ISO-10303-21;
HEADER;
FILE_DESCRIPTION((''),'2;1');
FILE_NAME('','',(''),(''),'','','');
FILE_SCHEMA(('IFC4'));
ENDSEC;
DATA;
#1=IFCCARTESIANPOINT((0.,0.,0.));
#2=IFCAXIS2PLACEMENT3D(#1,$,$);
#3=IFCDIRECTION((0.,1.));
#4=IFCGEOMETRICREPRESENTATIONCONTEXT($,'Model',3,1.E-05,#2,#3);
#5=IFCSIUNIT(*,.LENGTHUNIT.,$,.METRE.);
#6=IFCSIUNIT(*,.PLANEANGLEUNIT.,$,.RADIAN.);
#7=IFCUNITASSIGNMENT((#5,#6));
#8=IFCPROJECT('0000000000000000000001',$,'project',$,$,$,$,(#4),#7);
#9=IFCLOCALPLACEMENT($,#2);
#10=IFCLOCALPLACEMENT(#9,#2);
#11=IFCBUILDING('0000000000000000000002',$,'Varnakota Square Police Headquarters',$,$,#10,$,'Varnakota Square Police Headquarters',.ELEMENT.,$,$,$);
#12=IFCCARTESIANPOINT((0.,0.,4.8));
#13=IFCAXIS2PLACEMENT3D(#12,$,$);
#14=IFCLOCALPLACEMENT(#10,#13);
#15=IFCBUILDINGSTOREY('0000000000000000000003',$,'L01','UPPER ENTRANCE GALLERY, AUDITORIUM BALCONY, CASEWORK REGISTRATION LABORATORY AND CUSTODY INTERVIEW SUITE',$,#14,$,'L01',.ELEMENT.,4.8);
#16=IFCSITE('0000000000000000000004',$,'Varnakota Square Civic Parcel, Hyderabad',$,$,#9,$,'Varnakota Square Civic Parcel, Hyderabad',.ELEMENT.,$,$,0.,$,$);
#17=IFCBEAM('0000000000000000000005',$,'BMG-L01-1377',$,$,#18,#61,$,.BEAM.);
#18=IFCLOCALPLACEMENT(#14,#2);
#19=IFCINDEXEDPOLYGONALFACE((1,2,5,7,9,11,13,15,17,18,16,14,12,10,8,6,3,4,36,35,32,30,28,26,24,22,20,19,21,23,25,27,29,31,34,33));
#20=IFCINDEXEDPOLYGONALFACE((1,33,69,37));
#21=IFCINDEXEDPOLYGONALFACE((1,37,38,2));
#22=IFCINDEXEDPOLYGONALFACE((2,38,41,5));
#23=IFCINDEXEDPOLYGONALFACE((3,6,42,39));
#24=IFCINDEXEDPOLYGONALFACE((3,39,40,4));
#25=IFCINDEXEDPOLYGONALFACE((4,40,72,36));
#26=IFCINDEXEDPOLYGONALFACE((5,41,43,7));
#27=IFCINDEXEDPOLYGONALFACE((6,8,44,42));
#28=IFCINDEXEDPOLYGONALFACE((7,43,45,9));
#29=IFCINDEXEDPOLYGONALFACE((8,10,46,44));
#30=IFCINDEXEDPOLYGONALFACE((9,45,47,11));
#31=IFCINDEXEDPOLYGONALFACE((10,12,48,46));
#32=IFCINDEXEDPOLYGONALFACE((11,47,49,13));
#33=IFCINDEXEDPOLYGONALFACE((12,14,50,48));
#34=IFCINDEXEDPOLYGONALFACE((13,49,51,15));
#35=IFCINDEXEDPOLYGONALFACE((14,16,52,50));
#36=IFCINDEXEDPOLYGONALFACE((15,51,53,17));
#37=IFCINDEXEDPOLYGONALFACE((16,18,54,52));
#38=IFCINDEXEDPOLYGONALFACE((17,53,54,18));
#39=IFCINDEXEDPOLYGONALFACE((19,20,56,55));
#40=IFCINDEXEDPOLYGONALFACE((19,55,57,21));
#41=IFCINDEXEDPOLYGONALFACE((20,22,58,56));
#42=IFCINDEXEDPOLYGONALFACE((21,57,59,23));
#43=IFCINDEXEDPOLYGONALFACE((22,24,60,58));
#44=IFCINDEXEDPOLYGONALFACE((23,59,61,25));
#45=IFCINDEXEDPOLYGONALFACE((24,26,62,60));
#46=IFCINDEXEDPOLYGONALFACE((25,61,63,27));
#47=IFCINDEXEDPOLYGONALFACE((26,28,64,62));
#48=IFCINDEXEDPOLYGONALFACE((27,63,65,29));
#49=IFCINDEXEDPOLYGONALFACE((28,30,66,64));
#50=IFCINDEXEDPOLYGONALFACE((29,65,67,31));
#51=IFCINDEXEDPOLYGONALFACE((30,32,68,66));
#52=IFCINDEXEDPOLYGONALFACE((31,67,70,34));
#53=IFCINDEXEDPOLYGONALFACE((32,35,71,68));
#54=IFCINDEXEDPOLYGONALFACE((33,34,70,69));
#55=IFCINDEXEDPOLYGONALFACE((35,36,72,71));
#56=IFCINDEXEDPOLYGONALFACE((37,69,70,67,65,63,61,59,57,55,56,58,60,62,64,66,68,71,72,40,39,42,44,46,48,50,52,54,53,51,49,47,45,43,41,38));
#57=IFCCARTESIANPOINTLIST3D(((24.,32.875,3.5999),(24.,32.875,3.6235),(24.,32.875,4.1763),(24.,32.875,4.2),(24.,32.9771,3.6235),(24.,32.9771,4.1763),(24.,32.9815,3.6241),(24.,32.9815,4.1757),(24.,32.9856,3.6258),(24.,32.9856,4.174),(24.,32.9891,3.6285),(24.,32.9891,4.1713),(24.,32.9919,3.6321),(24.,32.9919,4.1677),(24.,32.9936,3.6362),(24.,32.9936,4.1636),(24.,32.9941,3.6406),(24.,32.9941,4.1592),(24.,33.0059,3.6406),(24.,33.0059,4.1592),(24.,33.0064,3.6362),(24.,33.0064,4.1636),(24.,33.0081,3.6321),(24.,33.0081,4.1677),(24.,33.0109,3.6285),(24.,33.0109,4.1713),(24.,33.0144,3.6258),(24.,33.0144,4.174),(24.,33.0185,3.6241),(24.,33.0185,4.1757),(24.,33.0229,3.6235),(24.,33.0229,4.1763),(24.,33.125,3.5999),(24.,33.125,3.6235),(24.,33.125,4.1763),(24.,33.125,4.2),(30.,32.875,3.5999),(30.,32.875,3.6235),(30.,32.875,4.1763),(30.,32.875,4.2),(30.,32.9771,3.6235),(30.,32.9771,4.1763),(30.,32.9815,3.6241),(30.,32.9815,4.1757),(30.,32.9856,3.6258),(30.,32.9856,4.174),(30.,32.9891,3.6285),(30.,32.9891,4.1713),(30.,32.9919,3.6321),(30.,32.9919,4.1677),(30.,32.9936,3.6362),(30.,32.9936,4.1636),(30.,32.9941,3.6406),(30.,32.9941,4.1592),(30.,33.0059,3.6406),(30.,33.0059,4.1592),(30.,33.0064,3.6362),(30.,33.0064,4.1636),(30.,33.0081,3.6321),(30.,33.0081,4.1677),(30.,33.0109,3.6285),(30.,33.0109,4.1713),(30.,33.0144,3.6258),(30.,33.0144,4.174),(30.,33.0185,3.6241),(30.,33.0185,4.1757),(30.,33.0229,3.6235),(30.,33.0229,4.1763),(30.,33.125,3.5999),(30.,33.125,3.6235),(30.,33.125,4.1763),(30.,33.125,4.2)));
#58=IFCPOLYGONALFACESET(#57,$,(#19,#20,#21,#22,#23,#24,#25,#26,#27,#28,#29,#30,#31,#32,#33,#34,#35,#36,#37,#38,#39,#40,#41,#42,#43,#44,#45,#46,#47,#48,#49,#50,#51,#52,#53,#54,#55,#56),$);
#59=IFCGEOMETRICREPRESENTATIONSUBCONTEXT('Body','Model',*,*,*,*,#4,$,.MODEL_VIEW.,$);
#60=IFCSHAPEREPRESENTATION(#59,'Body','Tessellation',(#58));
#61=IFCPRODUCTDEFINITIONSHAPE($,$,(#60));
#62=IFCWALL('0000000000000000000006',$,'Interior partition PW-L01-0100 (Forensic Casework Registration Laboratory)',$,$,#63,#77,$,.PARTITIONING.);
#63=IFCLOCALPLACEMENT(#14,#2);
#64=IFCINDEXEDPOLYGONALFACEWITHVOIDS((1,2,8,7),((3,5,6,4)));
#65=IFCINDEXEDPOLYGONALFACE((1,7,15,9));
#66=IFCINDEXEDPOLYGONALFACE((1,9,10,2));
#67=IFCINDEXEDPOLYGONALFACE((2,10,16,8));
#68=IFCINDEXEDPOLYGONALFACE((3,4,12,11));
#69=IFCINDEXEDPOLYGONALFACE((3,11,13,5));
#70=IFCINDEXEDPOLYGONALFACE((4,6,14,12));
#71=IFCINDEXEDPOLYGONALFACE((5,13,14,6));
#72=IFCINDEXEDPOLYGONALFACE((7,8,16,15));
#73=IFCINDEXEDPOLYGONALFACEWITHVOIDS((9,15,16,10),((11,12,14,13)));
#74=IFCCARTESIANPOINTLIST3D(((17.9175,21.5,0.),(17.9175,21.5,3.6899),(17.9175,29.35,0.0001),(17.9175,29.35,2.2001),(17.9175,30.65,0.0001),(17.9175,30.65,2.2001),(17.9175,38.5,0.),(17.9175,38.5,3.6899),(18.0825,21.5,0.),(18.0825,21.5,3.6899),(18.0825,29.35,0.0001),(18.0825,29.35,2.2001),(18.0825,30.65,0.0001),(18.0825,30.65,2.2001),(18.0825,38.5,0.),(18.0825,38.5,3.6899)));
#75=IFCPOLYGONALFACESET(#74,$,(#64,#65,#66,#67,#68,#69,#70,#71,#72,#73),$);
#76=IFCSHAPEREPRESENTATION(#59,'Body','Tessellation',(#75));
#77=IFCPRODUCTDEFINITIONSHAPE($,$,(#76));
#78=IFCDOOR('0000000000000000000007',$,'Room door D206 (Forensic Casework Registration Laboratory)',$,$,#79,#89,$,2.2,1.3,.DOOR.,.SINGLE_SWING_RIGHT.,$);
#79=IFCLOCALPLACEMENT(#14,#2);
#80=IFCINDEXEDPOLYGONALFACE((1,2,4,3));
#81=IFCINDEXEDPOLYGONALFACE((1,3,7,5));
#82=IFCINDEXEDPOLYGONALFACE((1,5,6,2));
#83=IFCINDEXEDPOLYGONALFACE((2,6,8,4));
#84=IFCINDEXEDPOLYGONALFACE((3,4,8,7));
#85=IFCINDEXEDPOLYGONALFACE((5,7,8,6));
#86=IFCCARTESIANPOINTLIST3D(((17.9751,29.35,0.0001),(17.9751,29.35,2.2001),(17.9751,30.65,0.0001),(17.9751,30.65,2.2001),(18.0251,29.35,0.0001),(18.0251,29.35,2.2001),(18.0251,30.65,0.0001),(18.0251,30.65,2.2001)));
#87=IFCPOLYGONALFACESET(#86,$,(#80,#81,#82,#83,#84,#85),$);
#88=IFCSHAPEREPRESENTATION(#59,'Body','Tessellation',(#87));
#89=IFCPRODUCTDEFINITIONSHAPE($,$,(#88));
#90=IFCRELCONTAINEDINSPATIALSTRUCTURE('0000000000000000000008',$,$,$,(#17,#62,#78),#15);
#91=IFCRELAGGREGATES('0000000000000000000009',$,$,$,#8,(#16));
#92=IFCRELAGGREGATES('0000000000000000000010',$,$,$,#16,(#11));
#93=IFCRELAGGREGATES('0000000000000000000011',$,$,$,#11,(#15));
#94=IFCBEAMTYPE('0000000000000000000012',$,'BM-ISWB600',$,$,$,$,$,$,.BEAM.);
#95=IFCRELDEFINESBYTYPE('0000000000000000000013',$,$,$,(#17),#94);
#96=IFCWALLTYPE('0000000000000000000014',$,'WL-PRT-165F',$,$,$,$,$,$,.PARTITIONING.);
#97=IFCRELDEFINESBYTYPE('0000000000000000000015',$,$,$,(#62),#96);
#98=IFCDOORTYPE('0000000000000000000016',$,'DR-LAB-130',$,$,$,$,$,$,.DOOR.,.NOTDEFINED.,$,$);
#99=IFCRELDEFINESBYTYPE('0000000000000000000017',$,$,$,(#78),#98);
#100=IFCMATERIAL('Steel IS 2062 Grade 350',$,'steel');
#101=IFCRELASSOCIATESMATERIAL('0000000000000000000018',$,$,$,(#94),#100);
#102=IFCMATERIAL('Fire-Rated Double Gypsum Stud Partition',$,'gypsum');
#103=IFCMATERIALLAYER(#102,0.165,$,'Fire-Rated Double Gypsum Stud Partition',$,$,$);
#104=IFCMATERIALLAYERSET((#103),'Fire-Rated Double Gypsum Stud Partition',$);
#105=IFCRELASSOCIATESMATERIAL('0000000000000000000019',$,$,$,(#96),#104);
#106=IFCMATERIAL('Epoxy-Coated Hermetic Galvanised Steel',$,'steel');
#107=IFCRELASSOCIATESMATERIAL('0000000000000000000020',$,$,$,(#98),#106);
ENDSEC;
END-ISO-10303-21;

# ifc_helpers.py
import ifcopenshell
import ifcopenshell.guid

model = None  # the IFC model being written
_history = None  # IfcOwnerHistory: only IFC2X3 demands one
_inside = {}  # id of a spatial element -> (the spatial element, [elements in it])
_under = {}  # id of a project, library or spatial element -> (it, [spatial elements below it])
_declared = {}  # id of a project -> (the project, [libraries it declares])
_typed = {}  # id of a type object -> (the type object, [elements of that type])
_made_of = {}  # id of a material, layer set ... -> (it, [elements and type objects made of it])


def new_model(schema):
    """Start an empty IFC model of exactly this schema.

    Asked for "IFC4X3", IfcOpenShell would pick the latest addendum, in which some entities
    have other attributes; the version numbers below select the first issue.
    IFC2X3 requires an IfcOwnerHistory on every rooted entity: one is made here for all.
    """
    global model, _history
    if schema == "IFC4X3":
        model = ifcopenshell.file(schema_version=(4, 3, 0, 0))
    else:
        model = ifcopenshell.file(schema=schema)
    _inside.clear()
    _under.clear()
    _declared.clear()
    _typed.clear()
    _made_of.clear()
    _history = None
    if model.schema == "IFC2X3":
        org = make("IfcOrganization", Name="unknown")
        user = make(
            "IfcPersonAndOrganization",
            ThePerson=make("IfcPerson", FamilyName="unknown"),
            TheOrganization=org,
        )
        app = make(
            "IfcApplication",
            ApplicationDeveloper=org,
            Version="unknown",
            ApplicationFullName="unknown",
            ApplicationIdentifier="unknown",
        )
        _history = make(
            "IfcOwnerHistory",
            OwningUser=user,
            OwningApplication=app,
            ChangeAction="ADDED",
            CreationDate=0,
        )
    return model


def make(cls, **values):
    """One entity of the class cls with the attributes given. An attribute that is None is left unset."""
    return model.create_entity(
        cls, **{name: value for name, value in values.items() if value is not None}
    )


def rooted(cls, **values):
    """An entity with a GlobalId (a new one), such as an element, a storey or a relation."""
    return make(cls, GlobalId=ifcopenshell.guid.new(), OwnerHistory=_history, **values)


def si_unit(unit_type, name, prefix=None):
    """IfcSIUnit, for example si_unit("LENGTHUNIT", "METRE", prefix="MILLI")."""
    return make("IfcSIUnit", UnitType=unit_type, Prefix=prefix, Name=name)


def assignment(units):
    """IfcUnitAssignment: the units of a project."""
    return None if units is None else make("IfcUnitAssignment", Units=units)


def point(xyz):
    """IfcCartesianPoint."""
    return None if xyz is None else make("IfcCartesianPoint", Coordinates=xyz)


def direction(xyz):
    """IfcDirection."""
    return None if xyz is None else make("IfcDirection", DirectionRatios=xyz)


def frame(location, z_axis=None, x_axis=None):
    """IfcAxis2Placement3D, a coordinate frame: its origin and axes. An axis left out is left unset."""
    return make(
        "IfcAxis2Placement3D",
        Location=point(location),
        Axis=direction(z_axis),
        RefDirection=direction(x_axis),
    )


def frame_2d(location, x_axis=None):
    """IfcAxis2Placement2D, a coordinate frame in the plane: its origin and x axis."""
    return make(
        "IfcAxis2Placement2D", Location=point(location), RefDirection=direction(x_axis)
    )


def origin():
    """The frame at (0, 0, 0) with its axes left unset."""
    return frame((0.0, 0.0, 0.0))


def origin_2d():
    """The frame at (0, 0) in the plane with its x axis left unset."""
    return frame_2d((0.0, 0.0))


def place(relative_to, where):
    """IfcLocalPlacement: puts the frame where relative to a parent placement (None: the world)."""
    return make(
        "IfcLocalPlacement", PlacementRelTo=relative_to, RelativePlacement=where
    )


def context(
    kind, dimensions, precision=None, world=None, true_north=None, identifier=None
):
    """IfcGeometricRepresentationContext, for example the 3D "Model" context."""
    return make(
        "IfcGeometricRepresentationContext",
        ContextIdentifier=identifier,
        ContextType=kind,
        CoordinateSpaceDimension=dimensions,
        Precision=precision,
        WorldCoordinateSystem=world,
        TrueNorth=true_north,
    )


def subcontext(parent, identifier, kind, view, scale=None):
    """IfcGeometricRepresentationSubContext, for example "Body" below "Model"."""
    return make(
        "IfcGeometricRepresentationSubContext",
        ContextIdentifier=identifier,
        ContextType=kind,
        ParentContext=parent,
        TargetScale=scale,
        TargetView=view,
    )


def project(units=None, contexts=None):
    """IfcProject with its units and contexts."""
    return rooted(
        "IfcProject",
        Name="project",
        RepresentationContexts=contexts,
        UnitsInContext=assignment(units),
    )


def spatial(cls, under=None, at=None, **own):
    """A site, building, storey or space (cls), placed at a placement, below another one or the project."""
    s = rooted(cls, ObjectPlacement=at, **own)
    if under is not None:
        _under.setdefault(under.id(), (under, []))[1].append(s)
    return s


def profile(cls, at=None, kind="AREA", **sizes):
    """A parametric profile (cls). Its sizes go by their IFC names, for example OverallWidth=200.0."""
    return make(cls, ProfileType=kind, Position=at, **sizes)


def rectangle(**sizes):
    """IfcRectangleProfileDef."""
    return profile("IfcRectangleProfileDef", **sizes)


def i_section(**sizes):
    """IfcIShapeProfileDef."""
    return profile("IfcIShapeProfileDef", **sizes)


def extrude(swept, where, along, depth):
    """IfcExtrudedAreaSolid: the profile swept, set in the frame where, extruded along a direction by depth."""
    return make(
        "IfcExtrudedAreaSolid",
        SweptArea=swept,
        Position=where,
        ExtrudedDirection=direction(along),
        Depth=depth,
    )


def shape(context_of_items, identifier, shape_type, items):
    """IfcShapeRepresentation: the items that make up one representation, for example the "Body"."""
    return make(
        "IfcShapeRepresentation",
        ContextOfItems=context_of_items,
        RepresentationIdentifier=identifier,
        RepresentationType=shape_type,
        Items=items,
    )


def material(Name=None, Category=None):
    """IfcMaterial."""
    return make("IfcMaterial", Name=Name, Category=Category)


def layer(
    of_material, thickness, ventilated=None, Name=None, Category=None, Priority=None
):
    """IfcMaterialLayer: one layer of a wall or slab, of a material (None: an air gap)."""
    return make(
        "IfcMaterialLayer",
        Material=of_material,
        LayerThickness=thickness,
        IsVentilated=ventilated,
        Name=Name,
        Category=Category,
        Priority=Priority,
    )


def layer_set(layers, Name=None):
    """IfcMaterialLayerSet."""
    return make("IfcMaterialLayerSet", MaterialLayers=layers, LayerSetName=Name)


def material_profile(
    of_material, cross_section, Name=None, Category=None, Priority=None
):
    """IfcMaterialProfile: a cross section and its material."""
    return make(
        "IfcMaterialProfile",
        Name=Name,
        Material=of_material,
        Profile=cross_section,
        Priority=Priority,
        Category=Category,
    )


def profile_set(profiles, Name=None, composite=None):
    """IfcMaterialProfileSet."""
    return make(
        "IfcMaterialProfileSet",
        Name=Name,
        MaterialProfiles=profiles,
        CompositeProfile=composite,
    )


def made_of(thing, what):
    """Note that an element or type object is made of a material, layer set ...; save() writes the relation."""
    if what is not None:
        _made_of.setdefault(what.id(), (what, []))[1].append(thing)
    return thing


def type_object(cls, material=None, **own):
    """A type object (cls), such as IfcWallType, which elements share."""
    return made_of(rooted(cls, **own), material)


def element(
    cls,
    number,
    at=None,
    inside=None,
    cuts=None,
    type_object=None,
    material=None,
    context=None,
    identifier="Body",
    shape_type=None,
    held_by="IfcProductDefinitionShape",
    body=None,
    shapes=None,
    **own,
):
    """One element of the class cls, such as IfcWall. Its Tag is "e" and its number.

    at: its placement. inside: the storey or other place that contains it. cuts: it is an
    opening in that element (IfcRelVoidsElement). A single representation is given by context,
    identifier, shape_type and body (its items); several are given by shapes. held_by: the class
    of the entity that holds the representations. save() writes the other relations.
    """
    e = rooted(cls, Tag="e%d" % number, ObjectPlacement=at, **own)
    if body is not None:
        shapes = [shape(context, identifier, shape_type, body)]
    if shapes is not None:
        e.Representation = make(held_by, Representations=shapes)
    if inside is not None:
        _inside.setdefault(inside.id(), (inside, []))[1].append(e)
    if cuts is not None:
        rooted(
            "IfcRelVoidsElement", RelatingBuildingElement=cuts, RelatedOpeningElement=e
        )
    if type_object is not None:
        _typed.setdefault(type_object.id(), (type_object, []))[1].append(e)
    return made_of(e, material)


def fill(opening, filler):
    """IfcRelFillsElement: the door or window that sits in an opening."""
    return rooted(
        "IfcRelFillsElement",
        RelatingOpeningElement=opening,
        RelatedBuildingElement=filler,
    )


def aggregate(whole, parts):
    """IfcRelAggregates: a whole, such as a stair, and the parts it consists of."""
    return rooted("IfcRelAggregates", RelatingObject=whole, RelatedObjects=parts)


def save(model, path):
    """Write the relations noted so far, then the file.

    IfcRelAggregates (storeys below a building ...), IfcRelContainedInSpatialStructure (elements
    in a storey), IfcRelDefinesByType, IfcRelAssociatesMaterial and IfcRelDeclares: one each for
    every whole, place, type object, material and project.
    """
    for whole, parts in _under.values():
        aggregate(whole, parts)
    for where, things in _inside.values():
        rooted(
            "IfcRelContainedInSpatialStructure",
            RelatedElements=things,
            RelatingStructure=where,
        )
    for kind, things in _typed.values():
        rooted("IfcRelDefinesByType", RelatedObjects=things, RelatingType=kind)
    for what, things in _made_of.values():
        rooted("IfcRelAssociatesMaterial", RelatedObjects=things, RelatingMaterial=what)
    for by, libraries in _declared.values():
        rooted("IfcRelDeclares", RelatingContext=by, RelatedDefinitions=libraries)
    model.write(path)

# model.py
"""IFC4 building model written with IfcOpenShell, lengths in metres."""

from ifc_helpers import new_model, si_unit, direction, frame, frame_2d, origin, origin_2d, place, context, subcontext, project, spatial, rectangle, i_section, extrude, material, layer, layer_set, material_profile, profile_set, type_object, element, fill, save


model = new_model("IFC4")

# Units and contexts
model_context = context("Model", 3, precision=1e-05, world=origin(), true_north=direction((0.0, 1.0)))
body_context = subcontext(model_context, "Body", "Model", "MODEL_VIEW")
ifc_project = project(units=[si_unit("LENGTHUNIT", "METRE"), si_unit("PLANEANGLEUNIT", "RADIAN")], contexts=[model_context])

# Site, building, storey
site_placement = place(None, origin())
site = spatial("IfcSite", under=ifc_project, at=site_placement, Name="Varnakota Square Civic Parcel, Hyderabad", LongName="Varnakota Square Civic Parcel, Hyderabad", CompositionType="ELEMENT", RefElevation=0.0)
building_placement = place(site_placement, origin())
building = spatial("IfcBuilding", under=site, at=building_placement, Name="Varnakota Square Police Headquarters", LongName="Varnakota Square Police Headquarters", CompositionType="ELEMENT")
storey_placement = place(building_placement, frame((0.0, 0.0, 4.8)))
storey = spatial("IfcBuildingStorey", under=building, at=storey_placement, Name="L01", Description="UPPER ENTRANCE GALLERY, AUDITORIUM BALCONY, CASEWORK REGISTRATION LABORATORY AND CUSTODY INTERVIEW SUITE", LongName="L01", CompositionType="ELEMENT", Elevation=4.8)

# Shared definitions
ifc_material_1 = material(Name="Steel IS 2062 Grade 350", Category="steel")

# Beam
ifc_material_profile_1 = material_profile(ifc_material_1, i_section(OverallWidth=0.25, OverallDepth=0.6001, WebThickness=0.0117, FlangeThickness=0.0237, FilletRadius=0.0171, at=origin_2d()), Name="ISWB 600")
ifc_profile_set_1 = profile_set([ifc_material_profile_1], Name="Steel IS 2062 Grade 350")
beam_type_1 = type_object("IfcBeamType", Name="BM-ISWB600", PredefinedType="BEAM", material=ifc_profile_set_1)
for number, where, z_axis, x_axis, name in (
    (1, (24.0, 33.0, 3.8999), (1.0, 0.0, 0.0), (0.0, 1.0, 0.0), "BMG-L01-1377"),
):
    element("IfcBeam", number, at=place(storey_placement, frame(where, z_axis=z_axis, x_axis=x_axis)), inside=storey, type_object=beam_type_1, Name=name, PredefinedType="BEAM", context=body_context, shape_type="SweptSolid", body=[
        extrude(i_section(OverallWidth=0.25, OverallDepth=0.6001, WebThickness=0.0117, FlangeThickness=0.0237, FilletRadius=0.0171, at=origin_2d()), origin(), (0.0, 0.0, 1.0), 6.0),
    ])

# Wall, opening, door
ifc_material_2 = material(Name="Fire-Rated Double Gypsum Stud Partition", Category="gypsum")
ifc_layer = layer(ifc_material_2, 0.165, Name="Fire-Rated Double Gypsum Stud Partition")
ifc_layer_set = layer_set([ifc_layer], Name="Fire-Rated Double Gypsum Stud Partition")
wall_type = type_object("IfcWallType", Name="WL-PRT-165F", PredefinedType="PARTITIONING", material=ifc_layer_set)
wall_placement = place(storey_placement, frame((18.0, 21.5, 0.0), z_axis=(0.0, 0.0, 1.0), x_axis=(0.0, 1.0, 0.0)))
wall = element("IfcWall", 2, at=wall_placement, inside=storey, type_object=wall_type, Name="Interior partition PW-L01-0100 (Forensic Casework Registration Laboratory)", PredefinedType="PARTITIONING", context=body_context, shape_type="SweptSolid", body=[
    extrude(rectangle(XDim=17.0, YDim=0.165, at=frame_2d((8.5, 0.0))), origin(), (0.0, 0.0, 1.0), 3.6899),
])
opening_placement = place(wall_placement, frame((7.8501, 0.0, 0.0)))
opening = element("IfcOpeningElement", 3, at=opening_placement, cuts=wall, PredefinedType="OPENING", context=body_context, shape_type="SweptSolid", body=[
    extrude(rectangle(XDim=1.3, YDim=2.2, at=frame_2d((0.6499, 1.1001))), frame((0.0, 0.0925, 0.0), z_axis=(0.0, -1.0, 0.0), x_axis=(1.0, 0.0, 0.0)), (0.0, 0.0, 1.0), 0.1851),
])
ifc_material_3 = material(Name="Epoxy-Coated Hermetic Galvanised Steel", Category="steel")
door_type = type_object("IfcDoorType", Name="DR-LAB-130", OperationType="NOTDEFINED", PredefinedType="DOOR", material=ifc_material_3)
door_placement = place(opening_placement, origin())
door = element("IfcDoor", 4, at=door_placement, inside=storey, type_object=door_type, Name="Room door D206 (Forensic Casework Registration Laboratory)", OperationType="SINGLE_SWING_RIGHT", OverallHeight=2.2, OverallWidth=1.3, PredefinedType="DOOR", context=body_context, shape_type="SweptSolid", body=[
    extrude(rectangle(XDim=1.3, YDim=2.2, at=frame_2d((0.6499, 1.1001))), frame((0.0, 0.0249, 0.0), z_axis=(0.0, -1.0, 0.0), x_axis=(1.0, 0.0, 0.0)), (0.0, 0.0, 1.0), 0.05),
])
fill(opening, door)

save(model, "model.ifc")
